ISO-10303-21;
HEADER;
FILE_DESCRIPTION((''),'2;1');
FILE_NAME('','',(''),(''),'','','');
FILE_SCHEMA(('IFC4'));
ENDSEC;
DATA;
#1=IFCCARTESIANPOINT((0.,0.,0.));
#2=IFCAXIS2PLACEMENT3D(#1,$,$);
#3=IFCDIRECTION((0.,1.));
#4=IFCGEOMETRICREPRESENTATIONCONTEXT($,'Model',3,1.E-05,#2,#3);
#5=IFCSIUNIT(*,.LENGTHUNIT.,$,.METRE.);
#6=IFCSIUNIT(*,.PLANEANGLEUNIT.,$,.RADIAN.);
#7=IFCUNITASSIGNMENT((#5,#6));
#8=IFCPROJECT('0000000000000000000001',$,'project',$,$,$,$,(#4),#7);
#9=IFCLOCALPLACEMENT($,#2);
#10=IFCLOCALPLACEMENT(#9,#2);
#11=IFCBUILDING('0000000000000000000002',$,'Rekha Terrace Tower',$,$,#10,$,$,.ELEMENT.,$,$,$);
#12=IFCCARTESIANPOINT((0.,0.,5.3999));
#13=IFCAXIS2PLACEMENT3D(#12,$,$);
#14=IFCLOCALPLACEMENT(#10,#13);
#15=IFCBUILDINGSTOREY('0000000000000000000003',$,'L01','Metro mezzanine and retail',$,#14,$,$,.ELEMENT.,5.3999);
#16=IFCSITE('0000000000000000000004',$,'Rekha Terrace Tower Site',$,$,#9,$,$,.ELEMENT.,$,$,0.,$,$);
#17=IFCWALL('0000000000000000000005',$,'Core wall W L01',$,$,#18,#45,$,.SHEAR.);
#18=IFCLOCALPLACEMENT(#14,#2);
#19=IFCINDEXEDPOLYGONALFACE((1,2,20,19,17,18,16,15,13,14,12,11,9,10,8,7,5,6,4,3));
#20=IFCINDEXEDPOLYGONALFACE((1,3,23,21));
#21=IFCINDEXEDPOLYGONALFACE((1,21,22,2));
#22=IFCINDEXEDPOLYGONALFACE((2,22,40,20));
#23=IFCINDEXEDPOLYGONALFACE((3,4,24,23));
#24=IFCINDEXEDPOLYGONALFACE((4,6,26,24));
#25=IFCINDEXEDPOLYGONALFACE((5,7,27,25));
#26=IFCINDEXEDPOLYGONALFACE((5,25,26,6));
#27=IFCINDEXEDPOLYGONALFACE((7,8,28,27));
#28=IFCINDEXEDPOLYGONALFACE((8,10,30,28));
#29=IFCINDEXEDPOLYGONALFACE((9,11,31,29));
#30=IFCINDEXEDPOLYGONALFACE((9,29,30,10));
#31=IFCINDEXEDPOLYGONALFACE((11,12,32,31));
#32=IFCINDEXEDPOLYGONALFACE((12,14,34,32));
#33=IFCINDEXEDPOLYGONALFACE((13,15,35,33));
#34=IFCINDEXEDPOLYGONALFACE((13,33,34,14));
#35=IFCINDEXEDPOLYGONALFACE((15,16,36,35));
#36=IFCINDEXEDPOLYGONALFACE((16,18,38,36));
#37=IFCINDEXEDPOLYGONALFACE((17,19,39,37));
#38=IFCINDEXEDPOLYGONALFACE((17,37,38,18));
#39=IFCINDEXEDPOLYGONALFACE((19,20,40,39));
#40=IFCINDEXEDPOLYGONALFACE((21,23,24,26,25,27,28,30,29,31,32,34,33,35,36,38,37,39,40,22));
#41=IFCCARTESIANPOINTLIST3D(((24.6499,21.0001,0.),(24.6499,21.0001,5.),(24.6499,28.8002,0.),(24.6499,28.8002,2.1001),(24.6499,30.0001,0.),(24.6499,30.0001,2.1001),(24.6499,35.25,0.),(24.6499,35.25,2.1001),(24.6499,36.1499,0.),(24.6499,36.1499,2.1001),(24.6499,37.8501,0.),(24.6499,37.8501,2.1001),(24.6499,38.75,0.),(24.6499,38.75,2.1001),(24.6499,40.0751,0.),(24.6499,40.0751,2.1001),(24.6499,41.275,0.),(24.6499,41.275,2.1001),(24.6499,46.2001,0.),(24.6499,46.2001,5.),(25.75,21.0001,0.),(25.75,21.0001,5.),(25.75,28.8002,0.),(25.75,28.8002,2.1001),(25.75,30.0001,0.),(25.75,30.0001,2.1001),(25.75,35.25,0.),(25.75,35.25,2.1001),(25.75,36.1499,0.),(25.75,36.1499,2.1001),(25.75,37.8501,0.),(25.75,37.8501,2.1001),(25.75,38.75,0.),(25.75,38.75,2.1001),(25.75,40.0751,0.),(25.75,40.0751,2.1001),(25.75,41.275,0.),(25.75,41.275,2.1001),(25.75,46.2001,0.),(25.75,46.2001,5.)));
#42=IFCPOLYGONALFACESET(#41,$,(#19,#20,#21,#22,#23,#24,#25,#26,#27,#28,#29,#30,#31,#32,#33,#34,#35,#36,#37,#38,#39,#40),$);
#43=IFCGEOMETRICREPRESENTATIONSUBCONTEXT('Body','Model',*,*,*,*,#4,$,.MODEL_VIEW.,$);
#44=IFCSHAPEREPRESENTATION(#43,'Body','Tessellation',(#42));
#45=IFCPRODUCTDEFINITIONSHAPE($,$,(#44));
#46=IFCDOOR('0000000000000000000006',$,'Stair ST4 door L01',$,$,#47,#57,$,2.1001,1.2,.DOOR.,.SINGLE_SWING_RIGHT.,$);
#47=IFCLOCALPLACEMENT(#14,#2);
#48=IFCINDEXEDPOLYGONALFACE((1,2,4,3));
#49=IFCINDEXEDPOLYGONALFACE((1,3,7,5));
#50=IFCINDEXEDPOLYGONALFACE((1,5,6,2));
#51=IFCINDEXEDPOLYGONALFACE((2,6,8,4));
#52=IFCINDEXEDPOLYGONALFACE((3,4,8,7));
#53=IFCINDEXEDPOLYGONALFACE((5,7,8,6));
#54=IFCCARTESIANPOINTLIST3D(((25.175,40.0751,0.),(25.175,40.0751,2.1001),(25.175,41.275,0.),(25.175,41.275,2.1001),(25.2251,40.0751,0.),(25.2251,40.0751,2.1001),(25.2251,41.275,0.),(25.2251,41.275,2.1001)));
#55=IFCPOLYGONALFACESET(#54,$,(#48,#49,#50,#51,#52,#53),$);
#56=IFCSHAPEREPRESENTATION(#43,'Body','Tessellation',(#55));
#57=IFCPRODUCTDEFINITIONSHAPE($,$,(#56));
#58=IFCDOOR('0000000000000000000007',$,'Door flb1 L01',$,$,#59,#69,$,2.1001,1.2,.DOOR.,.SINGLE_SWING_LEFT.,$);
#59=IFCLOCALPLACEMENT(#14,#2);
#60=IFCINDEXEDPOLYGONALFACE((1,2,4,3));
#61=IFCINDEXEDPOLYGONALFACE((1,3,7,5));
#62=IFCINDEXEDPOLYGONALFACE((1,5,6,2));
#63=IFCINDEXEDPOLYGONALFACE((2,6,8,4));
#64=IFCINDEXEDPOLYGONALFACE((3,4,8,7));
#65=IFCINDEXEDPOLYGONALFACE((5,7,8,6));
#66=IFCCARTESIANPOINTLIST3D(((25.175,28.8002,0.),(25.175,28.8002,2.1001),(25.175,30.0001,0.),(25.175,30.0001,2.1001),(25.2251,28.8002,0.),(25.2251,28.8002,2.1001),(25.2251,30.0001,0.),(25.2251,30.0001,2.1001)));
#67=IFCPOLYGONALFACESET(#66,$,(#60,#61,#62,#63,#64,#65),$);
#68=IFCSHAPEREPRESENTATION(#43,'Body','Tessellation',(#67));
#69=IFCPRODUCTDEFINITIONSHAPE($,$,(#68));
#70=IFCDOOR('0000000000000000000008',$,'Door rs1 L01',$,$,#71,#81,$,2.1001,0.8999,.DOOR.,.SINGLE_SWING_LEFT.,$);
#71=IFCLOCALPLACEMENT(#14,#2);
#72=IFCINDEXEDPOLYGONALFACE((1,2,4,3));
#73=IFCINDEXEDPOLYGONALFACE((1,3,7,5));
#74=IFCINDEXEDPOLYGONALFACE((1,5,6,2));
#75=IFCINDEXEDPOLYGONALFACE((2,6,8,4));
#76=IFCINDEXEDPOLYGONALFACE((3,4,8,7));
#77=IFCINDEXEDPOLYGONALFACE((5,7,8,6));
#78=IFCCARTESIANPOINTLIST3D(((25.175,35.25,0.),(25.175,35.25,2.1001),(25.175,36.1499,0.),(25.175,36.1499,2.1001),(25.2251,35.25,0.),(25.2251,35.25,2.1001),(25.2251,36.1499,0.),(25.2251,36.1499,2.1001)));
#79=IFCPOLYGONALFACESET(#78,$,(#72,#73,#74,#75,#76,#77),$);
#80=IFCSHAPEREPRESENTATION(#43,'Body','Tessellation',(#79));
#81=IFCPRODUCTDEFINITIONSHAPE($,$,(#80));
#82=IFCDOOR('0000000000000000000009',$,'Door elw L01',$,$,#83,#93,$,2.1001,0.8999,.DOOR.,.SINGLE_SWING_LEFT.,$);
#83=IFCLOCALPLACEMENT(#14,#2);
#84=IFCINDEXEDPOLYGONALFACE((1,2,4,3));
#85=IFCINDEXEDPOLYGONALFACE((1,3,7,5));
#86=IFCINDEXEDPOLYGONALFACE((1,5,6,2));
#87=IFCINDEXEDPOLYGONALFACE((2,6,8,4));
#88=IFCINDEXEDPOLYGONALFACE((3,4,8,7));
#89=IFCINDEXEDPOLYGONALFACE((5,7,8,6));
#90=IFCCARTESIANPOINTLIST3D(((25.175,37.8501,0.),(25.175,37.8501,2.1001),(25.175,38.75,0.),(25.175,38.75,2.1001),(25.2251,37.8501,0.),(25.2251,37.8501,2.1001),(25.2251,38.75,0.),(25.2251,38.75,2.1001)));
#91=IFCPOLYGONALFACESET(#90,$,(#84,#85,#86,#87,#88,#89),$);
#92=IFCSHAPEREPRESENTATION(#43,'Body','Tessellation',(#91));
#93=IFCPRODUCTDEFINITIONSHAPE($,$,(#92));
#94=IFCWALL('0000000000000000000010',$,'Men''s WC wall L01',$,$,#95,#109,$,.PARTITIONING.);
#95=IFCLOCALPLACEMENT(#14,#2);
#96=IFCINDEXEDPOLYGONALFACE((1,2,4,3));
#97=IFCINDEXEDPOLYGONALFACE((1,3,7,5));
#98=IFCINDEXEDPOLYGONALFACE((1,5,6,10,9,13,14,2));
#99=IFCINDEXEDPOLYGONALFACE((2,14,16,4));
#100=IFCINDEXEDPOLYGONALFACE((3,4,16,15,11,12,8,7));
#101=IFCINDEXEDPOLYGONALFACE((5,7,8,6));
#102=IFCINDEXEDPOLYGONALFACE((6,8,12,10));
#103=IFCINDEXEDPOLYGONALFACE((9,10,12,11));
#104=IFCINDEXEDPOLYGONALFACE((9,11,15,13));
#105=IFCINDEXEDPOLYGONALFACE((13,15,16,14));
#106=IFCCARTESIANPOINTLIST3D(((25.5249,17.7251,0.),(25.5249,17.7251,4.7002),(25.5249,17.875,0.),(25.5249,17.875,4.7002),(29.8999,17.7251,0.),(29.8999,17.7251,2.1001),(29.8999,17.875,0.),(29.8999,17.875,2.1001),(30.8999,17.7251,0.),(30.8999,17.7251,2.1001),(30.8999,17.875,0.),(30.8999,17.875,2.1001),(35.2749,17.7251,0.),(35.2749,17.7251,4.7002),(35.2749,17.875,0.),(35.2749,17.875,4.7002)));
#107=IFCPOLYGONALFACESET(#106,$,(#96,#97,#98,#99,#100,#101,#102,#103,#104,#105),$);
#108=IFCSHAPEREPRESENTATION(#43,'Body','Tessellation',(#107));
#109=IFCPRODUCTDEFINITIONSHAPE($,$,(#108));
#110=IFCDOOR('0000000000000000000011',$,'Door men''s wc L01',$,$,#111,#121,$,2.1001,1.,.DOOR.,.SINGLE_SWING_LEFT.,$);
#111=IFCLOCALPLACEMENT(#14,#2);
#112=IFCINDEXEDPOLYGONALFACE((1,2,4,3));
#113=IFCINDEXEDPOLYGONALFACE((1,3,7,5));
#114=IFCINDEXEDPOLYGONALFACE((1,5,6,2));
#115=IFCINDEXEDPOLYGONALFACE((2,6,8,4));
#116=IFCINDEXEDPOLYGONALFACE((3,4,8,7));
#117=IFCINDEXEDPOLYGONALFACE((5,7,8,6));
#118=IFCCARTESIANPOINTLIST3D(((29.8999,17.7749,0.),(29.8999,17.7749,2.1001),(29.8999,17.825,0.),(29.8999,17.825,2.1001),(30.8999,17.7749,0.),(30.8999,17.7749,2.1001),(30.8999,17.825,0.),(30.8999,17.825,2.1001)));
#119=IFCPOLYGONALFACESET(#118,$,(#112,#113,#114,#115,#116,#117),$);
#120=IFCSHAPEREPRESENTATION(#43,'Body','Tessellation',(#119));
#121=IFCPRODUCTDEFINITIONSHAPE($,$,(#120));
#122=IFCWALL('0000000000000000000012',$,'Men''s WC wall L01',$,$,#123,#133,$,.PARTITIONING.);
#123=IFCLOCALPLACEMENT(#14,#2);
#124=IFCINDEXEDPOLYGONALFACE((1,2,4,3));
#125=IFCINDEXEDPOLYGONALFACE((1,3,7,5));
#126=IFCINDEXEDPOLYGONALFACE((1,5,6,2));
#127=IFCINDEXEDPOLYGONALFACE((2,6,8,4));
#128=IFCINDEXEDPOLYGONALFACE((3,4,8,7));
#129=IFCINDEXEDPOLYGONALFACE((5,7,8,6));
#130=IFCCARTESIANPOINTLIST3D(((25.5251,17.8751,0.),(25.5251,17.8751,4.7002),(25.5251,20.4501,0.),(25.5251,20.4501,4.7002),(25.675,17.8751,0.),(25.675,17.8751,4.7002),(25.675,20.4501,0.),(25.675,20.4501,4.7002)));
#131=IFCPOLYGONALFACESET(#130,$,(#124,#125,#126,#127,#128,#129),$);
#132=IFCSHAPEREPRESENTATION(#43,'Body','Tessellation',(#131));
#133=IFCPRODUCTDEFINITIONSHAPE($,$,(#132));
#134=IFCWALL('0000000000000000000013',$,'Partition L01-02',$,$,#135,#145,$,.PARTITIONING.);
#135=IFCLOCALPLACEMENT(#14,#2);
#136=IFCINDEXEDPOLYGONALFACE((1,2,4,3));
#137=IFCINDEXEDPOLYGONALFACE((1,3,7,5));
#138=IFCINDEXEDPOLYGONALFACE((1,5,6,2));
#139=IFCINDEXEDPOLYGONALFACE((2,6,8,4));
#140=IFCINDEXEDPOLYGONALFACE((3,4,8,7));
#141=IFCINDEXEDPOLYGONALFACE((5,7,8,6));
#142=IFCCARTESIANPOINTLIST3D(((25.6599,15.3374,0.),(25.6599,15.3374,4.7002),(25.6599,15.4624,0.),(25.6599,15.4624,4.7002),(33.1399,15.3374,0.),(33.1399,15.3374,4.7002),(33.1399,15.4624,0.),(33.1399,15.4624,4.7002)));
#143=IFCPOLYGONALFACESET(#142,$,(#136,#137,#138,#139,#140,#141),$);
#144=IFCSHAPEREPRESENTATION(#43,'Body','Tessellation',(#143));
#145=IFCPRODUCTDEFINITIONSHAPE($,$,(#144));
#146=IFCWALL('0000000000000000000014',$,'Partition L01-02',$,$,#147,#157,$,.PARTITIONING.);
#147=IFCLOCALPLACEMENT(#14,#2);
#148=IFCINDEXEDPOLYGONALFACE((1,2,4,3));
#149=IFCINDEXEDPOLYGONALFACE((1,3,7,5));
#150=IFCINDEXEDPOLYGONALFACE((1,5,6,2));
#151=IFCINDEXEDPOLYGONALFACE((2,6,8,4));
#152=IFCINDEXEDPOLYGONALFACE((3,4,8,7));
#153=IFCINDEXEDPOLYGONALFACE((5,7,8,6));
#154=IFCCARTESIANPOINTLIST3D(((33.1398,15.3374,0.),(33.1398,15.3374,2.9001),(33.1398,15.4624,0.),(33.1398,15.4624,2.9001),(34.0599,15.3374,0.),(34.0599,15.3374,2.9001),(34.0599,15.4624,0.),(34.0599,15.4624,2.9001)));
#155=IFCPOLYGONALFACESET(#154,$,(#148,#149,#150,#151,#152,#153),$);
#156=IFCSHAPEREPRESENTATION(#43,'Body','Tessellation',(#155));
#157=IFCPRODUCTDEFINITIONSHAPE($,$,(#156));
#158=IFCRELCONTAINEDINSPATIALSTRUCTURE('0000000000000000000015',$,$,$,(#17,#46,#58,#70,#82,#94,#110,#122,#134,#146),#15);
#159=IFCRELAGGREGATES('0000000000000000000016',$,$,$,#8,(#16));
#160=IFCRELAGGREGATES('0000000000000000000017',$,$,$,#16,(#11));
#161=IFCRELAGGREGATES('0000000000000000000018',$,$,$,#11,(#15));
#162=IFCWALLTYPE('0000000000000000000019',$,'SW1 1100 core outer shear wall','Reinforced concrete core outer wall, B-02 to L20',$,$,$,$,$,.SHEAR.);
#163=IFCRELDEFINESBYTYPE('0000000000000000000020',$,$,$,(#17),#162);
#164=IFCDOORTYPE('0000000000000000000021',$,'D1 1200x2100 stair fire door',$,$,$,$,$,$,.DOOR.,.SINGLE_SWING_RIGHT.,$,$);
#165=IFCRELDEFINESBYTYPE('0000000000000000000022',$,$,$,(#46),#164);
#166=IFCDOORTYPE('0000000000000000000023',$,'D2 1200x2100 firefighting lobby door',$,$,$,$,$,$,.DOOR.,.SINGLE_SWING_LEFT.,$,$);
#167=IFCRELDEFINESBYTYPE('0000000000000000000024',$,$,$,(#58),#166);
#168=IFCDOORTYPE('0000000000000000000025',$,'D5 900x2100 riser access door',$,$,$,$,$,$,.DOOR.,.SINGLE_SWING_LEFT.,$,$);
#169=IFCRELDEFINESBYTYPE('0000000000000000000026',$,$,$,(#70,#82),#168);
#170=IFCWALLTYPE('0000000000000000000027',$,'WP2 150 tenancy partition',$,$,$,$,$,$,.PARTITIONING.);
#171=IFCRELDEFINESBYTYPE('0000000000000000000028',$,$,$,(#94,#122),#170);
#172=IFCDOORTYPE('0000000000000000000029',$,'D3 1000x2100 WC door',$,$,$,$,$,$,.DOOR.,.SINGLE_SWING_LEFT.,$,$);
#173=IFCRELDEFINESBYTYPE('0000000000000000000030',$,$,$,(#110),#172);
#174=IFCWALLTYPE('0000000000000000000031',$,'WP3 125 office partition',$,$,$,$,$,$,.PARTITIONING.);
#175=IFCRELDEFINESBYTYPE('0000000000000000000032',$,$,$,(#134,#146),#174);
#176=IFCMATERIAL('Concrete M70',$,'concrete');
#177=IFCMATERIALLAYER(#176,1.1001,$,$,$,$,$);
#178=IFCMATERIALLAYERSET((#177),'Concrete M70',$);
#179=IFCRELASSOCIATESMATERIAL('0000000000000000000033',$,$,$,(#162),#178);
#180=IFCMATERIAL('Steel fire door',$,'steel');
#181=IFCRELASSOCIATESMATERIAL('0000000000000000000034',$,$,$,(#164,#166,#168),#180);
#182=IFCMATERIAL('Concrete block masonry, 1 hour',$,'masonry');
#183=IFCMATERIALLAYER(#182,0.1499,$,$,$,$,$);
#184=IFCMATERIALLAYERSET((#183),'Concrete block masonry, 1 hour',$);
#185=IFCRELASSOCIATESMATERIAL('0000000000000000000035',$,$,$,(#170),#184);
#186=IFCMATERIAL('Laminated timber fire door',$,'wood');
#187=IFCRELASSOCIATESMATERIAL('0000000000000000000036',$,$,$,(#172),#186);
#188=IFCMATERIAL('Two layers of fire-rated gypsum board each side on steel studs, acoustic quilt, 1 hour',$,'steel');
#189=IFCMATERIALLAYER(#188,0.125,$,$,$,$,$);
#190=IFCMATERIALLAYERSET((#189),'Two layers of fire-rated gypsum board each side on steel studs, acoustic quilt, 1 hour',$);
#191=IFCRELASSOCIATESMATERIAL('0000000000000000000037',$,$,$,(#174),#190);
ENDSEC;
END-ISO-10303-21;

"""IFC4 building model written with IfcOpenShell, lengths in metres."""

from ifc_helpers import new_model, si_unit, direction, frame, frame_2d, origin, place, context, subcontext, project, spatial, rectangle, extrude, material, layer, layer_set, type_object, element, fill, save


model = new_model("IFC4")

# Units and contexts
model_context = context("Model", 3, precision=1e-05, world=origin(), true_north=direction((0.0, 1.0)))
body_context = subcontext(model_context, "Body", "Model", "MODEL_VIEW")
ifc_project = project(units=[si_unit("LENGTHUNIT", "METRE"), si_unit("PLANEANGLEUNIT", "RADIAN")], contexts=[model_context])

# Site, building, storey
site_placement = place(None, origin())
site = spatial("IfcSite", under=ifc_project, at=site_placement, Name="Rekha Terrace Tower Site", CompositionType="ELEMENT", RefElevation=0.0)
building_placement = place(site_placement, origin())
building = spatial("IfcBuilding", under=site, at=building_placement, Name="Rekha Terrace Tower", CompositionType="ELEMENT")
storey_placement = place(building_placement, frame((0.0, 0.0, 5.3999)))
storey = spatial("IfcBuildingStorey", under=building, at=storey_placement, Name="L01", Description="Metro mezzanine and retail", CompositionType="ELEMENT", Elevation=5.3999)

# Shared definitions
ifc_material_1 = material(Name="Concrete M70", Category="concrete")

# Shared definitions
ifc_layer_1 = layer(ifc_material_1, 1.1001)
ifc_layer_set_1 = layer_set([ifc_layer_1], Name="Concrete M70")
wall_type_1 = type_object("IfcWallType", Name="SW1 1100 core outer shear wall", Description="Reinforced concrete core outer wall, B-02 to L20", PredefinedType="SHEAR", material=ifc_layer_set_1)

# Wall, openings, doors
wall_1_placement = place(storey_placement, frame((25.2, 21.0, 0.0), z_axis=(0.0, 0.0, 1.0), x_axis=(0.0, 1.0, 0.0)))
wall_1 = element("IfcWall", 1, at=wall_1_placement, inside=storey, type_object=wall_type_1, Name="Core wall W L01", PredefinedType="SHEAR", context=body_context, shape_type="SweptSolid", body=[
    extrude(rectangle(XDim=25.2, YDim=1.1001, at=frame_2d((12.6001, 0.0))), origin(), (0.0, 0.0, 1.0), 5.0),
])
opening_1_placement = place(wall_1_placement, frame((7.8, 0.0, 0.0)))
opening_1 = element("IfcOpeningElement", 2, at=opening_1_placement, cuts=wall_1, PredefinedType="OPENING", context=body_context, shape_type="SweptSolid", body=[
    extrude(rectangle(XDim=1.2, YDim=2.1001, at=frame_2d((0.6001, 1.05))), frame((0.0, 0.5601, 0.0), z_axis=(0.0, -1.0, 0.0), x_axis=(1.0, 0.0, 0.0)), (0.0, 0.0, 1.0), 1.1201),
])
opening_2_placement = place(wall_1_placement, frame((14.25, 0.0, 0.0)))
opening_2 = element("IfcOpeningElement", 3, at=opening_2_placement, cuts=wall_1, PredefinedType="OPENING", context=body_context, shape_type="SweptSolid", body=[
    extrude(rectangle(XDim=0.8999, YDim=2.1001, at=frame_2d((0.45, 1.05))), frame((0.0, 0.5601, 0.0), z_axis=(0.0, -1.0, 0.0), x_axis=(1.0, 0.0, 0.0)), (0.0, 0.0, 1.0), 1.1201),
])
opening_3_placement = place(wall_1_placement, frame((16.8501, 0.0, 0.0)))
opening_3 = element("IfcOpeningElement", 4, at=opening_3_placement, cuts=wall_1, PredefinedType="OPENING", context=body_context, shape_type="SweptSolid", body=[
    extrude(rectangle(XDim=0.8999, YDim=2.1001, at=frame_2d((0.45, 1.05))), frame((0.0, 0.5601, 0.0), z_axis=(0.0, -1.0, 0.0), x_axis=(1.0, 0.0, 0.0)), (0.0, 0.0, 1.0), 1.1201),
])
opening_4_placement = place(wall_1_placement, frame((19.075, 0.0, 0.0)))
opening_4 = element("IfcOpeningElement", 5, at=opening_4_placement, cuts=wall_1, PredefinedType="OPENING", context=body_context, shape_type="SweptSolid", body=[
    extrude(rectangle(XDim=1.2, YDim=2.1001, at=frame_2d((0.6001, 1.05))), frame((0.0, 0.5601, 0.0), z_axis=(0.0, -1.0, 0.0), x_axis=(1.0, 0.0, 0.0)), (0.0, 0.0, 1.0), 1.1201),
])
ifc_material_2 = material(Name="Steel fire door", Category="steel")
door_type_1 = type_object("IfcDoorType", Name="D1 1200x2100 stair fire door", OperationType="SINGLE_SWING_RIGHT", PredefinedType="DOOR", material=ifc_material_2)
door_1_placement = place(opening_4_placement, origin())
door_1 = element("IfcDoor", 6, at=door_1_placement, inside=storey, type_object=door_type_1, Name="Stair ST4 door L01", OperationType="SINGLE_SWING_RIGHT", OverallHeight=2.1001, OverallWidth=1.2, PredefinedType="DOOR", context=body_context, shape_type="SweptSolid", body=[
    extrude(rectangle(XDim=1.2, YDim=2.1001, at=frame_2d((0.6001, 1.05))), frame((0.0, 0.0249, 0.0), z_axis=(0.0, -1.0, 0.0), x_axis=(1.0, 0.0, 0.0)), (0.0, 0.0, 1.0), 0.05),
])
fill(opening_4, door_1)
door_type_2 = type_object("IfcDoorType", Name="D2 1200x2100 firefighting lobby door", OperationType="SINGLE_SWING_LEFT", PredefinedType="DOOR", material=ifc_material_2)
door_2_placement = place(opening_1_placement, origin())
door_2 = element("IfcDoor", 7, at=door_2_placement, inside=storey, type_object=door_type_2, Name="Door flb1 L01", OperationType="SINGLE_SWING_LEFT", OverallHeight=2.1001, OverallWidth=1.2, PredefinedType="DOOR", context=body_context, shape_type="SweptSolid", body=[
    extrude(rectangle(XDim=1.2, YDim=2.1001, at=frame_2d((0.6001, 1.05))), frame((0.0, 0.0249, 0.0), z_axis=(0.0, -1.0, 0.0), x_axis=(1.0, 0.0, 0.0)), (0.0, 0.0, 1.0), 0.05),
])
fill(opening_1, door_2)
door_type_3 = type_object("IfcDoorType", Name="D5 900x2100 riser access door", OperationType="SINGLE_SWING_LEFT", PredefinedType="DOOR", material=ifc_material_2)
door_3_placement = place(opening_2_placement, origin())
door_3 = element("IfcDoor", 8, at=door_3_placement, inside=storey, type_object=door_type_3, Name="Door rs1 L01", OperationType="SINGLE_SWING_LEFT", OverallHeight=2.1001, OverallWidth=0.8999, PredefinedType="DOOR", context=body_context, shape_type="SweptSolid", body=[
    extrude(rectangle(XDim=0.8999, YDim=2.1001, at=frame_2d((0.45, 1.05))), frame((0.0, 0.0249, 0.0), z_axis=(0.0, -1.0, 0.0), x_axis=(1.0, 0.0, 0.0)), (0.0, 0.0, 1.0), 0.05),
])
fill(opening_2, door_3)
door_4_placement = place(opening_3_placement, origin())
door_4 = element("IfcDoor", 9, at=door_4_placement, inside=storey, type_object=door_type_3, Name="Door elw L01", OperationType="SINGLE_SWING_LEFT", OverallHeight=2.1001, OverallWidth=0.8999, PredefinedType="DOOR", context=body_context, shape_type="SweptSolid", body=[
    extrude(rectangle(XDim=0.8999, YDim=2.1001, at=frame_2d((0.45, 1.05))), frame((0.0, 0.0249, 0.0), z_axis=(0.0, -1.0, 0.0), x_axis=(1.0, 0.0, 0.0)), (0.0, 0.0, 1.0), 0.05),
])
fill(opening_3, door_4)

# Wall, opening, door
ifc_material_3 = material(Name="Concrete block masonry, 1 hour", Category="masonry")
ifc_layer_2 = layer(ifc_material_3, 0.1499)
ifc_layer_set_2 = layer_set([ifc_layer_2], Name="Concrete block masonry, 1 hour")
wall_type_2 = type_object("IfcWallType", Name="WP2 150 tenancy partition", PredefinedType="PARTITIONING", material=ifc_layer_set_2)
wall_2_placement = place(storey_placement, frame((25.5249, 17.8, 0.0), z_axis=(0.0, 0.0, 1.0), x_axis=(1.0, 0.0, 0.0)))
wall_2 = element("IfcWall", 10, at=wall_2_placement, inside=storey, type_object=wall_type_2, Name="Men's WC wall L01", PredefinedType="PARTITIONING", context=body_context, shape_type="SweptSolid", body=[
    extrude(rectangle(XDim=9.75, YDim=0.1499, at=frame_2d((4.875, 0.0))), origin(), (0.0, 0.0, 1.0), 4.7002),
])
opening_5_placement = place(wall_2_placement, frame((4.375, 0.0, 0.0)))
opening_5 = element("IfcOpeningElement", 11, at=opening_5_placement, cuts=wall_2, PredefinedType="OPENING", context=body_context, shape_type="SweptSolid", body=[
    extrude(rectangle(XDim=1.0, YDim=2.1001, at=frame_2d((0.5, 1.05))), frame((0.0, 0.085, 0.0), z_axis=(0.0, -1.0, 0.0), x_axis=(1.0, 0.0, 0.0)), (0.0, 0.0, 1.0), 0.1699),
])
ifc_material_4 = material(Name="Laminated timber fire door", Category="wood")
door_type_4 = type_object("IfcDoorType", Name="D3 1000x2100 WC door", OperationType="SINGLE_SWING_LEFT", PredefinedType="DOOR", material=ifc_material_4)
door_5_placement = place(opening_5_placement, origin())
door_5 = element("IfcDoor", 12, at=door_5_placement, inside=storey, type_object=door_type_4, Name="Door men's wc L01", OperationType="SINGLE_SWING_LEFT", OverallHeight=2.1001, OverallWidth=1.0, PredefinedType="DOOR", context=body_context, shape_type="SweptSolid", body=[
    extrude(rectangle(XDim=1.0, YDim=2.1001, at=frame_2d((0.5, 1.05))), frame((0.0, 0.0249, 0.0), z_axis=(0.0, -1.0, 0.0), x_axis=(1.0, 0.0, 0.0)), (0.0, 0.0, 1.0), 0.05),
])
fill(opening_5, door_5)

# Walls
wall_3_placement = place(storey_placement, frame((25.6001, 17.875, 0.0), z_axis=(0.0, 0.0, 1.0), x_axis=(0.0, 1.0, 0.0)))
element("IfcWall", 13, at=wall_3_placement, inside=storey, type_object=wall_type_2, Name="Men's WC wall L01", PredefinedType="PARTITIONING", context=body_context, shape_type="SweptSolid", body=[
    extrude(rectangle(XDim=2.575, YDim=0.1499, at=frame_2d((1.2876, 0.0))), origin(), (0.0, 0.0, 1.0), 4.7002),
])
ifc_material_5 = material(Name="Two layers of fire-rated gypsum board each side on steel studs, acoustic quilt, 1 hour", Category="steel")
ifc_layer_3 = layer(ifc_material_5, 0.125)
ifc_layer_set_3 = layer_set([ifc_layer_3], Name="Two layers of fire-rated gypsum board each side on steel studs, acoustic quilt, 1 hour")
wall_type_3 = type_object("IfcWallType", Name="WP3 125 office partition", PredefinedType="PARTITIONING", material=ifc_layer_set_3)
wall_4_placement = place(storey_placement, frame((25.6599, 15.3999, 0.0), z_axis=(0.0, 0.0, 1.0), x_axis=(1.0, 0.0, 0.0)))
element("IfcWall", 14, at=wall_4_placement, inside=storey, type_object=wall_type_3, Name="Partition L01-02", PredefinedType="PARTITIONING", context=body_context, shape_type="SweptSolid", body=[
    extrude(rectangle(XDim=7.48, YDim=0.125, at=frame_2d((3.74, 0.0))), origin(), (0.0, 0.0, 1.0), 4.7002),
])
wall_5_placement = place(storey_placement, frame((33.1399, 15.3999, 0.0), z_axis=(0.0, 0.0, 1.0), x_axis=(1.0, 0.0, 0.0)))
element("IfcWall", 15, at=wall_5_placement, inside=storey, type_object=wall_type_3, Name="Partition L01-02", PredefinedType="PARTITIONING", context=body_context, shape_type="SweptSolid", body=[
    extrude(rectangle(XDim=0.9202, YDim=0.125, at=frame_2d((0.46, 0.0))), origin(), (0.0, 0.0, 1.0), 2.9001),
])

save(model, "model.ifc")
